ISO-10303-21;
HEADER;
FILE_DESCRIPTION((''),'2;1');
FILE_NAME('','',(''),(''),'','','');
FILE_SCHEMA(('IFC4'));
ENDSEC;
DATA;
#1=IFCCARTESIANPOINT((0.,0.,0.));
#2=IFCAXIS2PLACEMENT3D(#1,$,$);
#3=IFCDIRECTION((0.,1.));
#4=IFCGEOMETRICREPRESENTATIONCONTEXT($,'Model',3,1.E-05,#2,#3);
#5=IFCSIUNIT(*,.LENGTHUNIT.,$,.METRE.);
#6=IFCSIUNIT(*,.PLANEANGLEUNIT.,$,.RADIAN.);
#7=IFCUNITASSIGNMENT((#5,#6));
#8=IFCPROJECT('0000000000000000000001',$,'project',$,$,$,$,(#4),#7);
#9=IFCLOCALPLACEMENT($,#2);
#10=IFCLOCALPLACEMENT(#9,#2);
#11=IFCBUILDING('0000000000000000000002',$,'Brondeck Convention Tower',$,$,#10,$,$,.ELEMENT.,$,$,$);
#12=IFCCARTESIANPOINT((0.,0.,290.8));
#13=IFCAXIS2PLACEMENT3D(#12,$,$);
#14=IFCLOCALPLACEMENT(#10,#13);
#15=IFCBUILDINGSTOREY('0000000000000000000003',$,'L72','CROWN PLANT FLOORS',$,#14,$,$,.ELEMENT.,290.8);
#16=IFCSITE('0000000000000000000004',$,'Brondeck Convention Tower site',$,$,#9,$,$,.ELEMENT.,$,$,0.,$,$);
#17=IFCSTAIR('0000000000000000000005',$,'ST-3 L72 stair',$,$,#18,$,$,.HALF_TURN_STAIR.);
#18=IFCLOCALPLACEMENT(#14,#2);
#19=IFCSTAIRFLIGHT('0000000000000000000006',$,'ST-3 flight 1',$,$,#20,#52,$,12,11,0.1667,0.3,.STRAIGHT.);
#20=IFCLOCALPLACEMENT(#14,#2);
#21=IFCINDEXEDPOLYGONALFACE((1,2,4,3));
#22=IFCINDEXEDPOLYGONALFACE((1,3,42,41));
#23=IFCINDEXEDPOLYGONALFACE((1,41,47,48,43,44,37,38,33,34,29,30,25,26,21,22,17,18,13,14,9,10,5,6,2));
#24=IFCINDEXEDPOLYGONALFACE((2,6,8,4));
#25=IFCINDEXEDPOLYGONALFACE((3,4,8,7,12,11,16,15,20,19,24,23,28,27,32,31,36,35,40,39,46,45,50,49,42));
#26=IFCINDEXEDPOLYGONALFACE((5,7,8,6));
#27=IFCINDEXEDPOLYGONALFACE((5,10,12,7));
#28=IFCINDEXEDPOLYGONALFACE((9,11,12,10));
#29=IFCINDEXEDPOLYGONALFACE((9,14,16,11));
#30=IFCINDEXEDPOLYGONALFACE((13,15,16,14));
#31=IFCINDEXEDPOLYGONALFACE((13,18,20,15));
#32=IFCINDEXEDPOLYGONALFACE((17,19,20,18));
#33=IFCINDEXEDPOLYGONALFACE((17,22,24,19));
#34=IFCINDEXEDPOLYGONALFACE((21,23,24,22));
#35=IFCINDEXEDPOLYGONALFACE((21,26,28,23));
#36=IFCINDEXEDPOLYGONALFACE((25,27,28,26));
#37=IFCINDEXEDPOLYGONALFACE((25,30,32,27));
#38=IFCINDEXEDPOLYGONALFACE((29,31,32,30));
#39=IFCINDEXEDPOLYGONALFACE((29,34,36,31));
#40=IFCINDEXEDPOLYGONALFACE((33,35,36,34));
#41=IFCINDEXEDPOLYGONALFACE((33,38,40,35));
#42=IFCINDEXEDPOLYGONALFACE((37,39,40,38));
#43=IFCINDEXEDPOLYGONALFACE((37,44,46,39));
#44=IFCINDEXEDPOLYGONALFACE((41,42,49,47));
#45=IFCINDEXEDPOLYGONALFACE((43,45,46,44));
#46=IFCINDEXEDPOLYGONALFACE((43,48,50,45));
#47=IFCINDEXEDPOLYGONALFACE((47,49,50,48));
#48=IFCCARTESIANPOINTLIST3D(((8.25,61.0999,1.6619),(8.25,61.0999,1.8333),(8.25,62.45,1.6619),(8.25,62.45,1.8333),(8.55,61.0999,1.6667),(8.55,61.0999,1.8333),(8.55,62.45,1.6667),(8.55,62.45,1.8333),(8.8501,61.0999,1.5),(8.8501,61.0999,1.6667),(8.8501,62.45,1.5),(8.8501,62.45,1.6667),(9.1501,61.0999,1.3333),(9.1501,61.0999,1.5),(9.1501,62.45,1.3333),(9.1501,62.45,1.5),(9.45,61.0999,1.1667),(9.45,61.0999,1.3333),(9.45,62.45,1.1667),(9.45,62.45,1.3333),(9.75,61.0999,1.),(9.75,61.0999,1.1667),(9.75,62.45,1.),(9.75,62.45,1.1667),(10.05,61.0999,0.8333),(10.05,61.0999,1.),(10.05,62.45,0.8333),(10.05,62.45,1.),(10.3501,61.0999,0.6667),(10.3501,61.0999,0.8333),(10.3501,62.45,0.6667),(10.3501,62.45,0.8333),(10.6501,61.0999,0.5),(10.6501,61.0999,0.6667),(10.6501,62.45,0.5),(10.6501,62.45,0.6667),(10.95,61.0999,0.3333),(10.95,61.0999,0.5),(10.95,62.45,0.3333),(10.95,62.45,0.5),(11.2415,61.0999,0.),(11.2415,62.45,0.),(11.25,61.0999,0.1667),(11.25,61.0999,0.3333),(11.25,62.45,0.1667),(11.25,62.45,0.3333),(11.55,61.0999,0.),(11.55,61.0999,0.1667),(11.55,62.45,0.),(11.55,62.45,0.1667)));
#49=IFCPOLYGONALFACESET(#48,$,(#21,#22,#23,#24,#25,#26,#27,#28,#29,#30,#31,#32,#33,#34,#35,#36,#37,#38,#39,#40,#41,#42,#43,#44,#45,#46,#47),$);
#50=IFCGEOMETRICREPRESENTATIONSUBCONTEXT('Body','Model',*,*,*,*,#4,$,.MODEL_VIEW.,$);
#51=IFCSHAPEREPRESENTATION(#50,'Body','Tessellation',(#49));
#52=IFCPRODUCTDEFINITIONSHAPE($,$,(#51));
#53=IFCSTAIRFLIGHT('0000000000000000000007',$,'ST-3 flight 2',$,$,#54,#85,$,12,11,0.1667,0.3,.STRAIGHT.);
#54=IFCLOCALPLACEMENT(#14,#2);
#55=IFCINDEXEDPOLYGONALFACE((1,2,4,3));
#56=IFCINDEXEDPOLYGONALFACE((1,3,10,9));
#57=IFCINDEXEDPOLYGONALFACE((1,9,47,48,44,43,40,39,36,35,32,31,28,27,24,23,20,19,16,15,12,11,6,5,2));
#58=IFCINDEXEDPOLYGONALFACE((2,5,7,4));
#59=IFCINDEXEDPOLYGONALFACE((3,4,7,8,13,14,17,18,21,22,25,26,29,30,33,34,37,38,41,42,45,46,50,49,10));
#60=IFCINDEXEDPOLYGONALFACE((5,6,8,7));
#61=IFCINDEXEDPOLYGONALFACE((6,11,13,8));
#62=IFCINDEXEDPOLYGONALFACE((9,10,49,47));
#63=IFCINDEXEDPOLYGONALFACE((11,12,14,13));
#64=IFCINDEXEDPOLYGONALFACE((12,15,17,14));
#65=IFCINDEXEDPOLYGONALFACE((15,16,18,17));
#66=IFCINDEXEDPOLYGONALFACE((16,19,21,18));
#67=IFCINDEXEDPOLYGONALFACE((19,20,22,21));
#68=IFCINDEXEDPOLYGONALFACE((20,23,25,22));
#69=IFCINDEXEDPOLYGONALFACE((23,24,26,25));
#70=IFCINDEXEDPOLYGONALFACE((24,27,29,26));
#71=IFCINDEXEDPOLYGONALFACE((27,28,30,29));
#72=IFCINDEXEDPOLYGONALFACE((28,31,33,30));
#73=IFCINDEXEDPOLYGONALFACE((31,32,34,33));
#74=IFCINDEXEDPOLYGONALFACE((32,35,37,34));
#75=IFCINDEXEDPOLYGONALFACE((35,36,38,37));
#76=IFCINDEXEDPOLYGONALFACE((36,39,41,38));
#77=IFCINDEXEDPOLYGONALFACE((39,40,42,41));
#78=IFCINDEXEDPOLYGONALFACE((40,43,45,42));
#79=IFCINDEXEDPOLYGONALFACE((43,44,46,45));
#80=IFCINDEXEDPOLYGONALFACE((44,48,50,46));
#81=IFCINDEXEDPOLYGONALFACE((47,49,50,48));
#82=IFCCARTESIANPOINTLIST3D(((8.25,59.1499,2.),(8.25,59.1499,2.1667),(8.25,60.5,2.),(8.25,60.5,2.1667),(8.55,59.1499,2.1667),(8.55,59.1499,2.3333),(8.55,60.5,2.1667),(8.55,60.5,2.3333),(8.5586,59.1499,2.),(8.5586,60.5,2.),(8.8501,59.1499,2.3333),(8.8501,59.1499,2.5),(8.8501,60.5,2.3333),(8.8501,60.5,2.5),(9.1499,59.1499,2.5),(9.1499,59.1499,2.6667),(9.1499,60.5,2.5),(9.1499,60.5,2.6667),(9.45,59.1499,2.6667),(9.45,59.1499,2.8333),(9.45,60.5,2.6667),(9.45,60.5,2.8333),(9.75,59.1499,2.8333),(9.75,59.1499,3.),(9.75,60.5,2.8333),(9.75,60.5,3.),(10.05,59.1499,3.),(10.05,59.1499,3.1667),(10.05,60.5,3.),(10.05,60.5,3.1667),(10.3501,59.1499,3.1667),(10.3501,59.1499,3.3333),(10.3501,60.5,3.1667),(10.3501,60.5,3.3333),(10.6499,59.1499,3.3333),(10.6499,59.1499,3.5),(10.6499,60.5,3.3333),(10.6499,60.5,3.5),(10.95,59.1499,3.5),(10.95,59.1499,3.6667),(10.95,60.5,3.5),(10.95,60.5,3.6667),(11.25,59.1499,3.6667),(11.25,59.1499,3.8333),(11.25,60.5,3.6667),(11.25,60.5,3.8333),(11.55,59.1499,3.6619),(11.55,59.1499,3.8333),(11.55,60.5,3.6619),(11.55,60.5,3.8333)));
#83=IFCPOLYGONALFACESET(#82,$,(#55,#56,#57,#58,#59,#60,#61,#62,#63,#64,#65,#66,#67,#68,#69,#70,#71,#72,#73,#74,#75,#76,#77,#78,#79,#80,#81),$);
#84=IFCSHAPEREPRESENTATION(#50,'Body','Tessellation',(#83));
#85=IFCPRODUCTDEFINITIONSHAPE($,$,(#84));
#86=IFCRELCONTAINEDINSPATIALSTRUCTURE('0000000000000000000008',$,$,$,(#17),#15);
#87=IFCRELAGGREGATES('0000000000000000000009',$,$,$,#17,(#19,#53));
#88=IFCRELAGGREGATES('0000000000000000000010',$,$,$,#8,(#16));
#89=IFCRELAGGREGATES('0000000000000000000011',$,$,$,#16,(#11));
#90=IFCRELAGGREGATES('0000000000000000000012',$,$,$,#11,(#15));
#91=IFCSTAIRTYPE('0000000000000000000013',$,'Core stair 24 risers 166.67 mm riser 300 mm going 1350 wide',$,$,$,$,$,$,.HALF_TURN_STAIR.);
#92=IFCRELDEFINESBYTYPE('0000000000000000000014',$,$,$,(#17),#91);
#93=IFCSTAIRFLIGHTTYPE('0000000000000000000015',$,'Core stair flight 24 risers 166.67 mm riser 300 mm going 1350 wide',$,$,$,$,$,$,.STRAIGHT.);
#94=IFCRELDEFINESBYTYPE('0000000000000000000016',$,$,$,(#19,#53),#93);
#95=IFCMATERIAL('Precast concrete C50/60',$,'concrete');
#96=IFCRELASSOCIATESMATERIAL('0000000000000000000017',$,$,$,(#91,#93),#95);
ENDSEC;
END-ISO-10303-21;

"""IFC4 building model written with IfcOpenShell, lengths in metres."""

from ifc_helpers import new_model, si_unit, direction, frame, origin, place, context, subcontext, project, spatial, polyline, outline, extrude, material, type_object, element, aggregate, save


model = new_model("IFC4")

# Units and contexts
model_context = context("Model", 3, precision=1e-05, world=origin(), true_north=direction((0.0, 1.0)))
body_context = subcontext(model_context, "Body", "Model", "MODEL_VIEW")
ifc_project = project(units=[si_unit("LENGTHUNIT", "METRE"), si_unit("PLANEANGLEUNIT", "RADIAN")], contexts=[model_context])

# Site, building, storey
site_placement = place(None, origin())
site = spatial("IfcSite", under=ifc_project, at=site_placement, Name="Brondeck Convention Tower site", CompositionType="ELEMENT", RefElevation=0.0)
building_placement = place(site_placement, origin())
building = spatial("IfcBuilding", under=site, at=building_placement, Name="Brondeck Convention Tower", CompositionType="ELEMENT")
storey_placement = place(building_placement, frame((0.0, 0.0, 290.8)))
storey = spatial("IfcBuildingStorey", under=building, at=storey_placement, Name="L72", Description="CROWN PLANT FLOORS", CompositionType="ELEMENT", Elevation=290.8)

# Stair, stair flights
ifc_material_1 = material(Name="Precast concrete C50/60", Category="concrete")
stair_type = type_object("IfcStairType", Name="Core stair 24 risers 166.67 mm riser 300 mm going 1350 wide", PredefinedType="HALF_TURN_STAIR", material=ifc_material_1)
stair_placement = place(storey_placement, origin())
stair = element("IfcStair", 1, at=stair_placement, inside=storey, type_object=stair_type, Name="ST-3 L72 stair", PredefinedType="HALF_TURN_STAIR")
stair_flight_type = type_object("IfcStairFlightType", Name="Core stair flight 24 risers 166.67 mm riser 300 mm going 1350 wide", PredefinedType="STRAIGHT", material=ifc_material_1)
stair_flight_1_placement = place(storey_placement, frame((11.55, 61.7749, 0.0), z_axis=(0.0, 0.0, 1.0), x_axis=(-1.0, 0.0, 0.0)))
stair_flight_1 = element("IfcStairFlight", 2, at=stair_flight_1_placement, type_object=stair_flight_type, Name="ST-3 flight 1", NumberOfRisers=12, NumberOfTreads=11, PredefinedType="STRAIGHT", RiserHeight=0.1667, TreadLength=0.3, context=body_context, shape_type="SweptSolid", body=[
    extrude(outline(polyline([(0.0, 0.0), (0.0, 0.1667), (0.3, 0.1667), (0.3, 0.3333), (0.6001, 0.3333), (0.6001, 0.5), (0.8999, 0.5), (0.8999, 0.6667), (1.2, 0.6667), (1.2, 0.8333), (1.5, 0.8333), (1.5, 1.0), (1.8, 1.0), (1.8, 1.1667), (2.1001, 1.1667), (2.1001, 1.3333), (2.3999, 1.3333), (2.3999, 1.5), (2.7, 1.5), (2.7, 1.6667), (3.0, 1.6667), (3.0, 1.8333), (3.3, 1.8333), (3.3, 2.0), (3.3, 1.6619), (0.3086, 0.0), (0.0, 0.0)])), frame((0.0, 0.675, 0.0), z_axis=(0.0, -1.0, 0.0), x_axis=(1.0, 0.0, 0.0)), (0.0, 0.0, 1.0), 1.3501),
])
stair_flight_2_placement = place(storey_placement, frame((8.25, 59.825, 2.0), z_axis=(0.0, 0.0, 1.0), x_axis=(1.0, 0.0, 0.0)))
stair_flight_2 = element("IfcStairFlight", 3, at=stair_flight_2_placement, type_object=stair_flight_type, Name="ST-3 flight 2", NumberOfRisers=12, NumberOfTreads=11, PredefinedType="STRAIGHT", RiserHeight=0.1667, TreadLength=0.3, context=body_context, shape_type="SweptSolid", body=[
    extrude(outline(polyline([(0.0, 0.0), (0.0, 0.1667), (0.3, 0.1667), (0.3, 0.3333), (0.6001, 0.3333), (0.6001, 0.5), (0.8999, 0.5), (0.8999, 0.6667), (1.2, 0.6667), (1.2, 0.8333), (1.5, 0.8333), (1.5, 1.0), (1.8, 1.0), (1.8, 1.1667), (2.1001, 1.1667), (2.1001, 1.3333), (2.3999, 1.3333), (2.3999, 1.5), (2.7, 1.5), (2.7, 1.6667), (3.0, 1.6667), (3.0, 1.8333), (3.3, 1.8333), (3.3, 2.0), (3.3, 1.6619), (0.3086, 0.0), (0.0, 0.0)])), frame((0.0, 0.675, 0.0), z_axis=(0.0, -1.0, 0.0), x_axis=(1.0, 0.0, 0.0)), (0.0, 0.0, 1.0), 1.3501),
])
aggregate(stair, [stair_flight_1, stair_flight_2])

save(model, "model.ifc")
